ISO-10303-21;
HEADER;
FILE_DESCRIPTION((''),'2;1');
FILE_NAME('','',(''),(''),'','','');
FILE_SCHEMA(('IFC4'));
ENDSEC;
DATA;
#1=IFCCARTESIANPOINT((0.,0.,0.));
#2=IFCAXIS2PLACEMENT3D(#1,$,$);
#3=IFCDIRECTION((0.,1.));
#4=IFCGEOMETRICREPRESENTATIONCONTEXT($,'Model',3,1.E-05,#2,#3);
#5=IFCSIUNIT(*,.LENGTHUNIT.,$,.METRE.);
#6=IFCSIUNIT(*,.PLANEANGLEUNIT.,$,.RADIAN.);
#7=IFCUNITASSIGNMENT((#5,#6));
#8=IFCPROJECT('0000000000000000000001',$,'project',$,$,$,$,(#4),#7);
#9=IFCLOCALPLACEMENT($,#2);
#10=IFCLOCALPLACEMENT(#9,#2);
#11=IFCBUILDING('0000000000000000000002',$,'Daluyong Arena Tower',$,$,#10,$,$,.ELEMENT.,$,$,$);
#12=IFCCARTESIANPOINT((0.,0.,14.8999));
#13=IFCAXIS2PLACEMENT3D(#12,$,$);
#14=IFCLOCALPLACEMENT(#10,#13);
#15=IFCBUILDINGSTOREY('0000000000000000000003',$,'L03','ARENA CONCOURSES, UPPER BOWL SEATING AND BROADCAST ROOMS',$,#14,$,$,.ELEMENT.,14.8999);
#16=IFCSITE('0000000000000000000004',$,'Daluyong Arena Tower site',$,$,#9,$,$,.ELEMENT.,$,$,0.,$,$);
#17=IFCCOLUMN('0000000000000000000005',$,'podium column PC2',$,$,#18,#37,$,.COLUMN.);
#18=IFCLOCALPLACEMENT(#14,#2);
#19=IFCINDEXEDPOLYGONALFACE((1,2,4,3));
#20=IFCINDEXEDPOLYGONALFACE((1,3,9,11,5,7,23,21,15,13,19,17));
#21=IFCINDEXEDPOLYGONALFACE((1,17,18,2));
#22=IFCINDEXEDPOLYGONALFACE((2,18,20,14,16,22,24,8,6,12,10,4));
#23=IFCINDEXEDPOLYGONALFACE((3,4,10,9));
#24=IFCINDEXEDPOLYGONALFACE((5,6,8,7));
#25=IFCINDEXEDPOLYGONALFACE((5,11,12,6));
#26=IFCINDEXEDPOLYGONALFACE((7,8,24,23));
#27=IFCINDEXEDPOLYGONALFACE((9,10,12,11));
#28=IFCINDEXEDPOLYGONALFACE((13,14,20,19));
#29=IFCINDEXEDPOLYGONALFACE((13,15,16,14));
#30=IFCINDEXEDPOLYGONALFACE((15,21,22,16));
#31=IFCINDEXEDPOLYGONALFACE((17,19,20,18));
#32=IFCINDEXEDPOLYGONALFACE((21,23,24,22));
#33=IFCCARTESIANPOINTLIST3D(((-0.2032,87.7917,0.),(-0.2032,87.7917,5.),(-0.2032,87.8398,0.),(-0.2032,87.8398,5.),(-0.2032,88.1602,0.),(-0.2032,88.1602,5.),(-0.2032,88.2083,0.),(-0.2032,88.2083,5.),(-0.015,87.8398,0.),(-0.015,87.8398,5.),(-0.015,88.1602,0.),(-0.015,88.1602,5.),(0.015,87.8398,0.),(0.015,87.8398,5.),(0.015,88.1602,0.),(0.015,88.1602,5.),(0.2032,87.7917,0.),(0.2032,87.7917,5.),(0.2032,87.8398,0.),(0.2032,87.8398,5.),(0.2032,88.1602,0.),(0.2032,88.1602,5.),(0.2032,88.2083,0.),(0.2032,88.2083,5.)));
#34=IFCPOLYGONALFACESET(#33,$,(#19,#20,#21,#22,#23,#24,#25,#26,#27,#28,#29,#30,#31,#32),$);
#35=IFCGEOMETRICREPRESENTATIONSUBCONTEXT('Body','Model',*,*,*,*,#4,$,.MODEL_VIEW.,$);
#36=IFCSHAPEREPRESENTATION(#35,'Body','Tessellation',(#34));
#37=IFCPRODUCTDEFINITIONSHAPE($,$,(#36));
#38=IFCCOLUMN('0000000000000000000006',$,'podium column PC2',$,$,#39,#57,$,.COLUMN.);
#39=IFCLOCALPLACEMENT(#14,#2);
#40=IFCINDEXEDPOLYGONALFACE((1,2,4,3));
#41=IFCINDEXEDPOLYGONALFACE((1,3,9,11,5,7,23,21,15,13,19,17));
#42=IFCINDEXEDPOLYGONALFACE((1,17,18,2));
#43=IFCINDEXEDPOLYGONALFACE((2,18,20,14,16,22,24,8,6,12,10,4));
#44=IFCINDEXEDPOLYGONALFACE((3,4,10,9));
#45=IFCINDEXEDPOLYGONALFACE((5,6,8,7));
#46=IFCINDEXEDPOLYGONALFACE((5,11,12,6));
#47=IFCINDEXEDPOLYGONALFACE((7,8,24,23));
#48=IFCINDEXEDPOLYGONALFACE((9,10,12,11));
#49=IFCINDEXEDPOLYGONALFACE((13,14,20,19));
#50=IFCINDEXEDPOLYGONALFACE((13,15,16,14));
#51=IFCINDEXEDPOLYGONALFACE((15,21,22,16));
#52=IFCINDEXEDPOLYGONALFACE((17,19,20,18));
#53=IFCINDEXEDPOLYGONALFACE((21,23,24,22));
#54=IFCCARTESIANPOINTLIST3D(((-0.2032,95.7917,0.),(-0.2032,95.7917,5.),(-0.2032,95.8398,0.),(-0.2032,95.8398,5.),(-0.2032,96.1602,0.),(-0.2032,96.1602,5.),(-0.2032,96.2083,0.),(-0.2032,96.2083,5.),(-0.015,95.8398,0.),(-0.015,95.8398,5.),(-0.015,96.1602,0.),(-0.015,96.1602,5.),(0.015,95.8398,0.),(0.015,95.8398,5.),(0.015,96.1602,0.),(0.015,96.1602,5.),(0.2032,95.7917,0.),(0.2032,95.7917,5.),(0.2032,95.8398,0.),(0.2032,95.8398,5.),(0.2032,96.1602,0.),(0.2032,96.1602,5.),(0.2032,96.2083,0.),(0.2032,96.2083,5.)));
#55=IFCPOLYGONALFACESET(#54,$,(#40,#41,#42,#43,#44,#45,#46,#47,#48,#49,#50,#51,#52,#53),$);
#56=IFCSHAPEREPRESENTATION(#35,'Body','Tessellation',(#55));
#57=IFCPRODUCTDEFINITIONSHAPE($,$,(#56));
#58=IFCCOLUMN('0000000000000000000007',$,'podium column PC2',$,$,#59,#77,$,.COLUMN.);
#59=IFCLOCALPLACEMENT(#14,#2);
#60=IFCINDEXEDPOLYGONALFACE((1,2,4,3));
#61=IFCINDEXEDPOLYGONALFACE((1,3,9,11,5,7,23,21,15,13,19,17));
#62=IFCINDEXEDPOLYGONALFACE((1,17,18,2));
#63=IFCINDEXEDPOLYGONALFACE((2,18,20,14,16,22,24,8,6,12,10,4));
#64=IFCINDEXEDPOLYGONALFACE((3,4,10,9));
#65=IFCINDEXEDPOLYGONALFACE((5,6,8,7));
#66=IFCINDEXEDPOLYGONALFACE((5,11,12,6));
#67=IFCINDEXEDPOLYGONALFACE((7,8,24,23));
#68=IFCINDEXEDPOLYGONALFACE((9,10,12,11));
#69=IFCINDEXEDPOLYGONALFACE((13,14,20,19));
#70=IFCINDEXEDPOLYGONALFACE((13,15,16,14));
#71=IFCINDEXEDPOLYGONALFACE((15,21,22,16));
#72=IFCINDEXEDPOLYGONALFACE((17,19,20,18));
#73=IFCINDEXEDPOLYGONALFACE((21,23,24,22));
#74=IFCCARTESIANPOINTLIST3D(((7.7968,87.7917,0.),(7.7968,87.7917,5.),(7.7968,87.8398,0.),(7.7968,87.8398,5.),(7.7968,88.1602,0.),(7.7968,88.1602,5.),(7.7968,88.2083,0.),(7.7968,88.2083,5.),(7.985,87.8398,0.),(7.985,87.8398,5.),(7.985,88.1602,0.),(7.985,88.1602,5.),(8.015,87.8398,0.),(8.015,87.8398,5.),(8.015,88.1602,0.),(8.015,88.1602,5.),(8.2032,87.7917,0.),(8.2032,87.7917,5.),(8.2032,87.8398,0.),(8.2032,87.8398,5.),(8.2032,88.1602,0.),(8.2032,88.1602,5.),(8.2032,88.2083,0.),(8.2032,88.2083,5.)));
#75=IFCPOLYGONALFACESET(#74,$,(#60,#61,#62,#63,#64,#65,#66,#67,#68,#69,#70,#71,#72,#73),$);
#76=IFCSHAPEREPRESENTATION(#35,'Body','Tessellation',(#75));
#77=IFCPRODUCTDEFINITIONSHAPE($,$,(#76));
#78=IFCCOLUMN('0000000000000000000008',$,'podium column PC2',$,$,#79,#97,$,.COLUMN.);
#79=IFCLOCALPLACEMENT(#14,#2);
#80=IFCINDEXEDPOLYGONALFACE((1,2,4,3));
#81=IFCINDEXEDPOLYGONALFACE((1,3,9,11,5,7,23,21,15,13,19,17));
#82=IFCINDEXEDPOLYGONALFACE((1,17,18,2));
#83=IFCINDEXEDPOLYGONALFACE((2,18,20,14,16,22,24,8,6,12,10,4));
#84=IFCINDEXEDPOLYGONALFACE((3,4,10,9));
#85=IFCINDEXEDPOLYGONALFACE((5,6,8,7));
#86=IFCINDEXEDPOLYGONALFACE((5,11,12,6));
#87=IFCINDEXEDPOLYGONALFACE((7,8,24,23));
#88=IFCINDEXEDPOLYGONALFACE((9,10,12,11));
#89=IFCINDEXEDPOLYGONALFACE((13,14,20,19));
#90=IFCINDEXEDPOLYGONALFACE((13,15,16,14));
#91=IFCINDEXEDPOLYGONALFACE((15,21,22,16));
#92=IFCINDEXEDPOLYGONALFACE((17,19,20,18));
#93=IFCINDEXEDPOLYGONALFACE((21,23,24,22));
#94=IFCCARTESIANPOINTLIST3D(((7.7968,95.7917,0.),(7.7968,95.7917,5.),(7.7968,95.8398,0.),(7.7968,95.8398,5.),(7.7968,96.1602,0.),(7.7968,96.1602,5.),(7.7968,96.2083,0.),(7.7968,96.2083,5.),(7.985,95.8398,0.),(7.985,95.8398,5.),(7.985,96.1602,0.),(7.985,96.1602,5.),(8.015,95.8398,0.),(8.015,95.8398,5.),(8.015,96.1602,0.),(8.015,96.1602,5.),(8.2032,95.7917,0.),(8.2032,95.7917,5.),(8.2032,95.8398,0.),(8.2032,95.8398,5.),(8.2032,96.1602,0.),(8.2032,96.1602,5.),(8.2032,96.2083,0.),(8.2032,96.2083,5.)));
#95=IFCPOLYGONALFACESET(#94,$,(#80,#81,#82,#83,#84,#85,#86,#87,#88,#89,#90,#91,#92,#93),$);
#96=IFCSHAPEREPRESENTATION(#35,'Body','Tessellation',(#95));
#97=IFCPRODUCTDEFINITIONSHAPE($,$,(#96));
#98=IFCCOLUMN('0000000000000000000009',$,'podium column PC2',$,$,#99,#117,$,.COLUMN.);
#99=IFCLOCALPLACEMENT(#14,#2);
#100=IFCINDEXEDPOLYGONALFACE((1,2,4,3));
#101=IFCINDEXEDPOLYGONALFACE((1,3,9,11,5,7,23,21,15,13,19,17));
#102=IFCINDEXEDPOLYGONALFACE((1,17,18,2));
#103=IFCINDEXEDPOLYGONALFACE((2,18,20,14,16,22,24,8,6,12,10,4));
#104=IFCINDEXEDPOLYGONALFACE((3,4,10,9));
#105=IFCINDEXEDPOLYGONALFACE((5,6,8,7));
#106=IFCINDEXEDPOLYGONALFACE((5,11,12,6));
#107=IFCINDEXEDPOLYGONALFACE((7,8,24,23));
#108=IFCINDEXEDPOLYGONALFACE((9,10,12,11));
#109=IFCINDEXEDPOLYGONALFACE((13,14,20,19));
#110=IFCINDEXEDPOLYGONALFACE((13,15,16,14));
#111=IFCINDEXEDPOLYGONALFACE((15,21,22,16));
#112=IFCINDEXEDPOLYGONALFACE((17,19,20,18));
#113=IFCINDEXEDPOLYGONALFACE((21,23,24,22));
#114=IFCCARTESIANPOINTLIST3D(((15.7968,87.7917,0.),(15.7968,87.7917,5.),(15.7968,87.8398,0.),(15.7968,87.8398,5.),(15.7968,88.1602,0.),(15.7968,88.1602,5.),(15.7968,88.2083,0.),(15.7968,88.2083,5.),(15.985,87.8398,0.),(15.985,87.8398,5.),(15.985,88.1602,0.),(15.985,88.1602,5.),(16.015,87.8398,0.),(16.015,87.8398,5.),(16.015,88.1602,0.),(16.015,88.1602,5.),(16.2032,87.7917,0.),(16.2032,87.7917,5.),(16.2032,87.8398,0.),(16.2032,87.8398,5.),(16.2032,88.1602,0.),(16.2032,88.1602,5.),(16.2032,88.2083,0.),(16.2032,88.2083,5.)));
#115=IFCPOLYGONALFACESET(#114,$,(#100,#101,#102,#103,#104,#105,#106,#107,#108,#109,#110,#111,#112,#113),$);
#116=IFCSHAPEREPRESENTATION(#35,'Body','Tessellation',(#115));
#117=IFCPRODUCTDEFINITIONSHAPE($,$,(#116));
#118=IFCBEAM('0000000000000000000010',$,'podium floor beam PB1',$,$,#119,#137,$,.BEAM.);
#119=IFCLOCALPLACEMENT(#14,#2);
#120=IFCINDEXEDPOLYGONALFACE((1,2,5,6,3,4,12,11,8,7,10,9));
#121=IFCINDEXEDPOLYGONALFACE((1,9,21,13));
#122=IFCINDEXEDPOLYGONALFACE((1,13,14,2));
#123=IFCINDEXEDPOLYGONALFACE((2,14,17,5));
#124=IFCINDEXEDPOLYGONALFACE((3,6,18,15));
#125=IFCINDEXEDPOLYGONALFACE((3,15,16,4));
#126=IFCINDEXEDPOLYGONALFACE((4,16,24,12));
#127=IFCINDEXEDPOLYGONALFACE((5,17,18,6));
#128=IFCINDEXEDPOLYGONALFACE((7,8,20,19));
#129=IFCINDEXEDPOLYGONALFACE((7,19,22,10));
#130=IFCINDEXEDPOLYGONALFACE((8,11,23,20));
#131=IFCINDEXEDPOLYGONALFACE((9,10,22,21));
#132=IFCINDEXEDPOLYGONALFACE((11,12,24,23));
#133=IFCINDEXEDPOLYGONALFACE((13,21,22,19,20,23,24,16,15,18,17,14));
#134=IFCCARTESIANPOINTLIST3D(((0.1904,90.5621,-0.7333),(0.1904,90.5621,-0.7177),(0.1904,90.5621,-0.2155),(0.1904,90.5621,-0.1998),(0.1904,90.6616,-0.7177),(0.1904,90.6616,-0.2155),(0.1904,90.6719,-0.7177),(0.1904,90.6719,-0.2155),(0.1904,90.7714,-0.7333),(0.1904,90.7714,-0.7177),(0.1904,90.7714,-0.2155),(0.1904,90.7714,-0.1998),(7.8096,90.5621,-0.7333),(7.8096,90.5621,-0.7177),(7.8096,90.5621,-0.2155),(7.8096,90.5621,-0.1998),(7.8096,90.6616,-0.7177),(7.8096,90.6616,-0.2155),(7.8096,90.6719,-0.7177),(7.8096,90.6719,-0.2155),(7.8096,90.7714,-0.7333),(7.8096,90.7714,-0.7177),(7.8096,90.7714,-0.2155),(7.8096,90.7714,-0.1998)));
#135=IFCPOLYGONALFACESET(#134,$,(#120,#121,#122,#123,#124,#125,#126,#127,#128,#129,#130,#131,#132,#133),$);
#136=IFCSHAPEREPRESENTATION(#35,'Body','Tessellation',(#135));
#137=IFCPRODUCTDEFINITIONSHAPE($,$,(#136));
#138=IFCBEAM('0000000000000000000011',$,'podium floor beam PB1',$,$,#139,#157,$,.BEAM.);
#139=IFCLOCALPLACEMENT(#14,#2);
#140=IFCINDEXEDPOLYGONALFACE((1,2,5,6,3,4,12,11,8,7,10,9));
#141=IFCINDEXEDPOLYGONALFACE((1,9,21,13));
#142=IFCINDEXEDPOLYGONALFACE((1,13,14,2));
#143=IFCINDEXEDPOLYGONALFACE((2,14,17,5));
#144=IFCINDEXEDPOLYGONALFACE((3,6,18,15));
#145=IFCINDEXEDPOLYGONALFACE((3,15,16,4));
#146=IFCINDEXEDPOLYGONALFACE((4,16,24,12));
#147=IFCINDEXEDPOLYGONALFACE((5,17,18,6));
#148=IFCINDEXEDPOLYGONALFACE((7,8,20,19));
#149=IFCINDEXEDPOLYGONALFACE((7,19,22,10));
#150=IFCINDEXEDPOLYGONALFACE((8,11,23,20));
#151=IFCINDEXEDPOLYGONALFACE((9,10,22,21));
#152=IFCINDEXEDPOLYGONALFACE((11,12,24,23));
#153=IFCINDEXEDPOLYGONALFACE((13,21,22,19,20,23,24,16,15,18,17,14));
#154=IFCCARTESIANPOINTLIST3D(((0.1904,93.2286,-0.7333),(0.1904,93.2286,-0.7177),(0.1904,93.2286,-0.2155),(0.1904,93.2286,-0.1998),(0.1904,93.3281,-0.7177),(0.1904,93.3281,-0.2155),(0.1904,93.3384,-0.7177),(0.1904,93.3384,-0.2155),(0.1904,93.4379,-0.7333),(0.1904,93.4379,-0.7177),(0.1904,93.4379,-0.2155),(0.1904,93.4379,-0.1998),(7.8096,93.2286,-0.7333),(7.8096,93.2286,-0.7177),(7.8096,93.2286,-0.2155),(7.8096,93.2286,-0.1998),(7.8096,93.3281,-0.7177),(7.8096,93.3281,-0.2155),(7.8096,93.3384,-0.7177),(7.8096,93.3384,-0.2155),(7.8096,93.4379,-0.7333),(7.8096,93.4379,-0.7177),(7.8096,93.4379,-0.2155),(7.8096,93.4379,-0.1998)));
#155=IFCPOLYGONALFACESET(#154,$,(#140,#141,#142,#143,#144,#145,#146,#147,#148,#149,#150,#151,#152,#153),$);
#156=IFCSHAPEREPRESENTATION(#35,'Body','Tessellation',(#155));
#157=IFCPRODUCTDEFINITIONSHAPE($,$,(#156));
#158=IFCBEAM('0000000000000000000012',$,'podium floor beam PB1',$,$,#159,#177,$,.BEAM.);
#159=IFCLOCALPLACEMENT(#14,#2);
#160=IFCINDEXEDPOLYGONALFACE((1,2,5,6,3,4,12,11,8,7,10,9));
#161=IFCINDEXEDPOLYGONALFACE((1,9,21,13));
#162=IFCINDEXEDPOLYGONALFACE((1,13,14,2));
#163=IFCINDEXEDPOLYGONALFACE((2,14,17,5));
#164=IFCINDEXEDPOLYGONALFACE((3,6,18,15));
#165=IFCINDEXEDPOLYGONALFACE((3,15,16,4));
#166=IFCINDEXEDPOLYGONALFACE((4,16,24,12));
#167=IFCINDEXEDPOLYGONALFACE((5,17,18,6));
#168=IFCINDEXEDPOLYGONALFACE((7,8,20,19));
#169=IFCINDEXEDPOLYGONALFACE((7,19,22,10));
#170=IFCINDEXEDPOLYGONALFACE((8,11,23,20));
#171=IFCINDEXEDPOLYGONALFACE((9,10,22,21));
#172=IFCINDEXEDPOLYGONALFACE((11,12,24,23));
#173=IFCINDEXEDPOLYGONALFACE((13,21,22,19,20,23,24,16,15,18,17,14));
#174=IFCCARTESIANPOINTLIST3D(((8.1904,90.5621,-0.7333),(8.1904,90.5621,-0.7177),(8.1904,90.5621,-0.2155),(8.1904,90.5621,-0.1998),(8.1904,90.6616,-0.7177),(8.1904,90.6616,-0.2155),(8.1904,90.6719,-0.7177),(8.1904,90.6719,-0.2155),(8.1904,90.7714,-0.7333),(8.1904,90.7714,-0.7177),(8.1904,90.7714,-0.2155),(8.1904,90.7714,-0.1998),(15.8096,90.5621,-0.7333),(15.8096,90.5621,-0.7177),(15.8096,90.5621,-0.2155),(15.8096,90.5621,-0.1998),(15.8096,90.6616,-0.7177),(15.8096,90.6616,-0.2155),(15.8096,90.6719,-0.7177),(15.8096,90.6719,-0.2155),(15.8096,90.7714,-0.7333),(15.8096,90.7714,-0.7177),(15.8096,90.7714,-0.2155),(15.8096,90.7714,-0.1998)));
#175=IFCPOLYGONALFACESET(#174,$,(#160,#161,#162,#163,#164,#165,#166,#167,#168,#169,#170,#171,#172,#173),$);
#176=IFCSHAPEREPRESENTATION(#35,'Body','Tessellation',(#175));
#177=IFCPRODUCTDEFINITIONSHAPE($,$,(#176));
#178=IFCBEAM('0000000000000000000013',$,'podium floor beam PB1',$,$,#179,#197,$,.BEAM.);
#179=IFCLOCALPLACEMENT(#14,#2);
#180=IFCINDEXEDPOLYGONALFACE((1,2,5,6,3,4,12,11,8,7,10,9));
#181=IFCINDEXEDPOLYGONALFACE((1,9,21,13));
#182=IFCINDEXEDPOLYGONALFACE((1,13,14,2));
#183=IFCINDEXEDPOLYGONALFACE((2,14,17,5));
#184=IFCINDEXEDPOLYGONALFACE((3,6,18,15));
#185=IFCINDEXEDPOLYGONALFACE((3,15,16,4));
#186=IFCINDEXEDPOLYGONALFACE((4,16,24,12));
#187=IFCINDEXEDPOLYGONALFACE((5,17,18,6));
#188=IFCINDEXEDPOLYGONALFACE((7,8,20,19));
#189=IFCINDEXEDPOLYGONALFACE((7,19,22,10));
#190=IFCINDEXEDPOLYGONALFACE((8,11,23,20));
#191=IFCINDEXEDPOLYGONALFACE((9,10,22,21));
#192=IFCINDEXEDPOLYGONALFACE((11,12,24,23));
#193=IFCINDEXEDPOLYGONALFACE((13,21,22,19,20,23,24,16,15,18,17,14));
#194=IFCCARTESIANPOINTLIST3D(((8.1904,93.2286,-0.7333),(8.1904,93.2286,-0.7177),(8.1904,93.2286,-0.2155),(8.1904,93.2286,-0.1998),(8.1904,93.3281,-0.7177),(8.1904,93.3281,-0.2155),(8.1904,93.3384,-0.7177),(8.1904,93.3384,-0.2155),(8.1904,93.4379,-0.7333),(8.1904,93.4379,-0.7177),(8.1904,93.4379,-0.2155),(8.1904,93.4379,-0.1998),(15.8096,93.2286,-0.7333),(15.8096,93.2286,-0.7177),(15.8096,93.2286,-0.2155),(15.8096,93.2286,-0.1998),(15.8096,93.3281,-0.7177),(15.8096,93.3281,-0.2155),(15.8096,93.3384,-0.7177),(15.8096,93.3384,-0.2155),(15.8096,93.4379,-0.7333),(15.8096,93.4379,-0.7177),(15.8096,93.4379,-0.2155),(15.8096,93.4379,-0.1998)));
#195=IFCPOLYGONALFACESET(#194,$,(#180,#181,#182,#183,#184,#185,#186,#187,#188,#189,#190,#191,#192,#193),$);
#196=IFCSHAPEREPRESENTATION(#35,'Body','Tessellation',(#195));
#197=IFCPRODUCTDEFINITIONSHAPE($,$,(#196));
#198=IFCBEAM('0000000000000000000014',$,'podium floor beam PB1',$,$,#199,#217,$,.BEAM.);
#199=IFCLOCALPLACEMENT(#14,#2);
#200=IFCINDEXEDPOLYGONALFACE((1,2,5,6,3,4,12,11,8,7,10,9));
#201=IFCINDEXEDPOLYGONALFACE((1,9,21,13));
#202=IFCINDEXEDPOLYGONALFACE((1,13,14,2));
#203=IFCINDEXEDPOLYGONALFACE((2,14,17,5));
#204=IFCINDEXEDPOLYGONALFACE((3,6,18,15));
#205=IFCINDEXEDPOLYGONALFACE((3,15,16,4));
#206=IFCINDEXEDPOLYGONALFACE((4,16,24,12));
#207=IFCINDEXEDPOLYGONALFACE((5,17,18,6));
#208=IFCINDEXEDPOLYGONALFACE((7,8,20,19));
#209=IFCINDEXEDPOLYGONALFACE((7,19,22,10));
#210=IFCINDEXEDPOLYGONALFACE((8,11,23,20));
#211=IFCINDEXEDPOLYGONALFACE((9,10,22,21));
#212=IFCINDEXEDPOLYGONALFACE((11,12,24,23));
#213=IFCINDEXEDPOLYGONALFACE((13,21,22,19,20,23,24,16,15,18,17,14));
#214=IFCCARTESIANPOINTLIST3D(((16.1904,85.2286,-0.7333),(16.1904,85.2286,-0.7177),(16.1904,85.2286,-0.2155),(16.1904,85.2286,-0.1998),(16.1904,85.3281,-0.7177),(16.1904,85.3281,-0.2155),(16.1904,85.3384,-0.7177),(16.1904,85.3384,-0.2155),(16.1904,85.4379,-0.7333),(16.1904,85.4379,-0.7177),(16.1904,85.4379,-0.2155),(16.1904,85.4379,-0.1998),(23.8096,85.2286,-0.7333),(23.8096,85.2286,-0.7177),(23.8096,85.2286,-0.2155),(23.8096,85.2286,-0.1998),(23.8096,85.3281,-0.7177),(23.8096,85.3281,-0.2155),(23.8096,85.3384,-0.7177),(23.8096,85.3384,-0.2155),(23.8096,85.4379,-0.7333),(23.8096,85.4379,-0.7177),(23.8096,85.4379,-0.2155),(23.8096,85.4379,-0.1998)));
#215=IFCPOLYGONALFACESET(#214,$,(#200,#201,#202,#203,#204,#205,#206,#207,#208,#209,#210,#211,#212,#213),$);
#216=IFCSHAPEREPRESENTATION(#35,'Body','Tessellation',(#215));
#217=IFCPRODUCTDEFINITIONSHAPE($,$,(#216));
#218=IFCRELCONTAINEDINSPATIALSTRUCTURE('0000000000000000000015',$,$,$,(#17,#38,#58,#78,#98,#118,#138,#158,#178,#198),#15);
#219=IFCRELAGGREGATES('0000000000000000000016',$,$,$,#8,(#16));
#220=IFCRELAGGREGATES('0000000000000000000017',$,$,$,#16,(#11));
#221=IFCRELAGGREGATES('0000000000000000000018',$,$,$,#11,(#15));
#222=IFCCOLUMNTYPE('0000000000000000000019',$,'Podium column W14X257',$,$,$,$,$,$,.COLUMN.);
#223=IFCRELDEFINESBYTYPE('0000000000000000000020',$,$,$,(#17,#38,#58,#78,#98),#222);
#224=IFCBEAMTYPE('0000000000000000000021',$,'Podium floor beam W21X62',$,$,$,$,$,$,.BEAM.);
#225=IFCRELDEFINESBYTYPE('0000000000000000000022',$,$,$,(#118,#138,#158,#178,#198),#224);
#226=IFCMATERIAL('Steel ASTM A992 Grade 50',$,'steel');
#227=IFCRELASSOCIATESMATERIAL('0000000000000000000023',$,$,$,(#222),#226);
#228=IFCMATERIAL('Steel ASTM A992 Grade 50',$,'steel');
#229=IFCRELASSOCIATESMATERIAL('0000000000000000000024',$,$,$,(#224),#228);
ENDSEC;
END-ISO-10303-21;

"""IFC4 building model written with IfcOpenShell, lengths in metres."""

from ifc_helpers import new_model, si_unit, direction, frame, origin, origin_2d, place, context, subcontext, project, spatial, i_section, extrude, material, material_profile, profile_set, type_object, element, save


model = new_model("IFC4")

# Units and contexts
model_context = context("Model", 3, precision=1e-05, world=origin(), true_north=direction((0.0, 1.0)))
body_context = subcontext(model_context, "Body", "Model", "MODEL_VIEW")
ifc_project = project(units=[si_unit("LENGTHUNIT", "METRE"), si_unit("PLANEANGLEUNIT", "RADIAN")], contexts=[model_context])

# Site, building, storey
site_placement = place(None, origin())
site = spatial("IfcSite", under=ifc_project, at=site_placement, Name="Daluyong Arena Tower site", CompositionType="ELEMENT", RefElevation=0.0)
building_placement = place(site_placement, origin())
building = spatial("IfcBuilding", under=site, at=building_placement, Name="Daluyong Arena Tower", CompositionType="ELEMENT")
storey_placement = place(building_placement, frame((0.0, 0.0, 14.8999)))
storey = spatial("IfcBuildingStorey", under=building, at=storey_placement, Name="L03", Description="ARENA CONCOURSES, UPPER BOWL SEATING AND BROADCAST ROOMS", CompositionType="ELEMENT", Elevation=14.8999)

# Columns
ifc_material_1 = material(Name="Steel ASTM A992 Grade 50", Category="steel")
ifc_material_profile_1 = material_profile(ifc_material_1, i_section(OverallWidth=0.4065, OverallDepth=0.4165, WebThickness=0.03, FlangeThickness=0.0481, at=origin_2d()))
ifc_profile_set_1 = profile_set([ifc_material_profile_1], Name="Steel ASTM A992 Grade 50")
column_type = type_object("IfcColumnType", Name="Podium column W14X257", PredefinedType="COLUMN", material=ifc_profile_set_1)
for number, where, z_axis, x_axis, name in (
    (1, (0.0, 88.0, 0.0), (0.0, 0.0, 1.0), (1.0, 0.0, 0.0), "podium column PC2"),
    (2, (0.0, 96.0, 0.0), (0.0, 0.0, 1.0), (1.0, 0.0, 0.0), "podium column PC2"),
    (3, (8.0, 88.0, 0.0), (0.0, 0.0, 1.0), (1.0, 0.0, 0.0), "podium column PC2"),
    (4, (8.0, 96.0, 0.0), (0.0, 0.0, 1.0), (1.0, 0.0, 0.0), "podium column PC2"),
    (5, (16.0, 88.0, 0.0), (0.0, 0.0, 1.0), (1.0, 0.0, 0.0), "podium column PC2"),
):
    element("IfcColumn", number, at=place(storey_placement, frame(where, z_axis=z_axis, x_axis=x_axis)), inside=storey, type_object=column_type, Name=name, PredefinedType="COLUMN", context=body_context, shape_type="SweptSolid", body=[
        extrude(i_section(OverallWidth=0.4065, OverallDepth=0.4165, WebThickness=0.03, FlangeThickness=0.0481, at=origin_2d()), origin(), (0.0, 0.0, 1.0), 5.0),
    ])

# Beams
ifc_material_2 = material(Name="Steel ASTM A992 Grade 50", Category="steel")
ifc_material_profile_2 = material_profile(ifc_material_2, i_section(OverallWidth=0.2092, OverallDepth=0.5334, WebThickness=0.0103, FlangeThickness=0.0156, at=origin_2d()))
ifc_profile_set_2 = profile_set([ifc_material_profile_2], Name="Steel ASTM A992 Grade 50")
beam_type_1 = type_object("IfcBeamType", Name="Podium floor beam W21X62", PredefinedType="BEAM", material=ifc_profile_set_2)
for number, where, z_axis, x_axis, name in (
    (6, (0.1904, 90.6667, -0.4666), (1.0, 0.0, 0.0), (0.0, 1.0, 0.0), "podium floor beam PB1"),
    (7, (0.1904, 93.3333, -0.4666), (1.0, 0.0, 0.0), (0.0, 1.0, 0.0), "podium floor beam PB1"),
    (8, (8.1904, 90.6667, -0.4666), (1.0, 0.0, 0.0), (0.0, 1.0, 0.0), "podium floor beam PB1"),
    (9, (8.1904, 93.3333, -0.4666), (1.0, 0.0, 0.0), (0.0, 1.0, 0.0), "podium floor beam PB1"),
    (10, (16.1904, 85.3333, -0.4666), (1.0, 0.0, 0.0), (0.0, 1.0, 0.0), "podium floor beam PB1"),
):
    element("IfcBeam", number, at=place(storey_placement, frame(where, z_axis=z_axis, x_axis=x_axis)), inside=storey, type_object=beam_type_1, Name=name, PredefinedType="BEAM", context=body_context, shape_type="SweptSolid", body=[
        extrude(i_section(OverallWidth=0.2092, OverallDepth=0.5334, WebThickness=0.0103, FlangeThickness=0.0156, at=origin_2d()), origin(), (0.0, 0.0, 1.0), 7.6191),
    ])

save(model, "model.ifc")
